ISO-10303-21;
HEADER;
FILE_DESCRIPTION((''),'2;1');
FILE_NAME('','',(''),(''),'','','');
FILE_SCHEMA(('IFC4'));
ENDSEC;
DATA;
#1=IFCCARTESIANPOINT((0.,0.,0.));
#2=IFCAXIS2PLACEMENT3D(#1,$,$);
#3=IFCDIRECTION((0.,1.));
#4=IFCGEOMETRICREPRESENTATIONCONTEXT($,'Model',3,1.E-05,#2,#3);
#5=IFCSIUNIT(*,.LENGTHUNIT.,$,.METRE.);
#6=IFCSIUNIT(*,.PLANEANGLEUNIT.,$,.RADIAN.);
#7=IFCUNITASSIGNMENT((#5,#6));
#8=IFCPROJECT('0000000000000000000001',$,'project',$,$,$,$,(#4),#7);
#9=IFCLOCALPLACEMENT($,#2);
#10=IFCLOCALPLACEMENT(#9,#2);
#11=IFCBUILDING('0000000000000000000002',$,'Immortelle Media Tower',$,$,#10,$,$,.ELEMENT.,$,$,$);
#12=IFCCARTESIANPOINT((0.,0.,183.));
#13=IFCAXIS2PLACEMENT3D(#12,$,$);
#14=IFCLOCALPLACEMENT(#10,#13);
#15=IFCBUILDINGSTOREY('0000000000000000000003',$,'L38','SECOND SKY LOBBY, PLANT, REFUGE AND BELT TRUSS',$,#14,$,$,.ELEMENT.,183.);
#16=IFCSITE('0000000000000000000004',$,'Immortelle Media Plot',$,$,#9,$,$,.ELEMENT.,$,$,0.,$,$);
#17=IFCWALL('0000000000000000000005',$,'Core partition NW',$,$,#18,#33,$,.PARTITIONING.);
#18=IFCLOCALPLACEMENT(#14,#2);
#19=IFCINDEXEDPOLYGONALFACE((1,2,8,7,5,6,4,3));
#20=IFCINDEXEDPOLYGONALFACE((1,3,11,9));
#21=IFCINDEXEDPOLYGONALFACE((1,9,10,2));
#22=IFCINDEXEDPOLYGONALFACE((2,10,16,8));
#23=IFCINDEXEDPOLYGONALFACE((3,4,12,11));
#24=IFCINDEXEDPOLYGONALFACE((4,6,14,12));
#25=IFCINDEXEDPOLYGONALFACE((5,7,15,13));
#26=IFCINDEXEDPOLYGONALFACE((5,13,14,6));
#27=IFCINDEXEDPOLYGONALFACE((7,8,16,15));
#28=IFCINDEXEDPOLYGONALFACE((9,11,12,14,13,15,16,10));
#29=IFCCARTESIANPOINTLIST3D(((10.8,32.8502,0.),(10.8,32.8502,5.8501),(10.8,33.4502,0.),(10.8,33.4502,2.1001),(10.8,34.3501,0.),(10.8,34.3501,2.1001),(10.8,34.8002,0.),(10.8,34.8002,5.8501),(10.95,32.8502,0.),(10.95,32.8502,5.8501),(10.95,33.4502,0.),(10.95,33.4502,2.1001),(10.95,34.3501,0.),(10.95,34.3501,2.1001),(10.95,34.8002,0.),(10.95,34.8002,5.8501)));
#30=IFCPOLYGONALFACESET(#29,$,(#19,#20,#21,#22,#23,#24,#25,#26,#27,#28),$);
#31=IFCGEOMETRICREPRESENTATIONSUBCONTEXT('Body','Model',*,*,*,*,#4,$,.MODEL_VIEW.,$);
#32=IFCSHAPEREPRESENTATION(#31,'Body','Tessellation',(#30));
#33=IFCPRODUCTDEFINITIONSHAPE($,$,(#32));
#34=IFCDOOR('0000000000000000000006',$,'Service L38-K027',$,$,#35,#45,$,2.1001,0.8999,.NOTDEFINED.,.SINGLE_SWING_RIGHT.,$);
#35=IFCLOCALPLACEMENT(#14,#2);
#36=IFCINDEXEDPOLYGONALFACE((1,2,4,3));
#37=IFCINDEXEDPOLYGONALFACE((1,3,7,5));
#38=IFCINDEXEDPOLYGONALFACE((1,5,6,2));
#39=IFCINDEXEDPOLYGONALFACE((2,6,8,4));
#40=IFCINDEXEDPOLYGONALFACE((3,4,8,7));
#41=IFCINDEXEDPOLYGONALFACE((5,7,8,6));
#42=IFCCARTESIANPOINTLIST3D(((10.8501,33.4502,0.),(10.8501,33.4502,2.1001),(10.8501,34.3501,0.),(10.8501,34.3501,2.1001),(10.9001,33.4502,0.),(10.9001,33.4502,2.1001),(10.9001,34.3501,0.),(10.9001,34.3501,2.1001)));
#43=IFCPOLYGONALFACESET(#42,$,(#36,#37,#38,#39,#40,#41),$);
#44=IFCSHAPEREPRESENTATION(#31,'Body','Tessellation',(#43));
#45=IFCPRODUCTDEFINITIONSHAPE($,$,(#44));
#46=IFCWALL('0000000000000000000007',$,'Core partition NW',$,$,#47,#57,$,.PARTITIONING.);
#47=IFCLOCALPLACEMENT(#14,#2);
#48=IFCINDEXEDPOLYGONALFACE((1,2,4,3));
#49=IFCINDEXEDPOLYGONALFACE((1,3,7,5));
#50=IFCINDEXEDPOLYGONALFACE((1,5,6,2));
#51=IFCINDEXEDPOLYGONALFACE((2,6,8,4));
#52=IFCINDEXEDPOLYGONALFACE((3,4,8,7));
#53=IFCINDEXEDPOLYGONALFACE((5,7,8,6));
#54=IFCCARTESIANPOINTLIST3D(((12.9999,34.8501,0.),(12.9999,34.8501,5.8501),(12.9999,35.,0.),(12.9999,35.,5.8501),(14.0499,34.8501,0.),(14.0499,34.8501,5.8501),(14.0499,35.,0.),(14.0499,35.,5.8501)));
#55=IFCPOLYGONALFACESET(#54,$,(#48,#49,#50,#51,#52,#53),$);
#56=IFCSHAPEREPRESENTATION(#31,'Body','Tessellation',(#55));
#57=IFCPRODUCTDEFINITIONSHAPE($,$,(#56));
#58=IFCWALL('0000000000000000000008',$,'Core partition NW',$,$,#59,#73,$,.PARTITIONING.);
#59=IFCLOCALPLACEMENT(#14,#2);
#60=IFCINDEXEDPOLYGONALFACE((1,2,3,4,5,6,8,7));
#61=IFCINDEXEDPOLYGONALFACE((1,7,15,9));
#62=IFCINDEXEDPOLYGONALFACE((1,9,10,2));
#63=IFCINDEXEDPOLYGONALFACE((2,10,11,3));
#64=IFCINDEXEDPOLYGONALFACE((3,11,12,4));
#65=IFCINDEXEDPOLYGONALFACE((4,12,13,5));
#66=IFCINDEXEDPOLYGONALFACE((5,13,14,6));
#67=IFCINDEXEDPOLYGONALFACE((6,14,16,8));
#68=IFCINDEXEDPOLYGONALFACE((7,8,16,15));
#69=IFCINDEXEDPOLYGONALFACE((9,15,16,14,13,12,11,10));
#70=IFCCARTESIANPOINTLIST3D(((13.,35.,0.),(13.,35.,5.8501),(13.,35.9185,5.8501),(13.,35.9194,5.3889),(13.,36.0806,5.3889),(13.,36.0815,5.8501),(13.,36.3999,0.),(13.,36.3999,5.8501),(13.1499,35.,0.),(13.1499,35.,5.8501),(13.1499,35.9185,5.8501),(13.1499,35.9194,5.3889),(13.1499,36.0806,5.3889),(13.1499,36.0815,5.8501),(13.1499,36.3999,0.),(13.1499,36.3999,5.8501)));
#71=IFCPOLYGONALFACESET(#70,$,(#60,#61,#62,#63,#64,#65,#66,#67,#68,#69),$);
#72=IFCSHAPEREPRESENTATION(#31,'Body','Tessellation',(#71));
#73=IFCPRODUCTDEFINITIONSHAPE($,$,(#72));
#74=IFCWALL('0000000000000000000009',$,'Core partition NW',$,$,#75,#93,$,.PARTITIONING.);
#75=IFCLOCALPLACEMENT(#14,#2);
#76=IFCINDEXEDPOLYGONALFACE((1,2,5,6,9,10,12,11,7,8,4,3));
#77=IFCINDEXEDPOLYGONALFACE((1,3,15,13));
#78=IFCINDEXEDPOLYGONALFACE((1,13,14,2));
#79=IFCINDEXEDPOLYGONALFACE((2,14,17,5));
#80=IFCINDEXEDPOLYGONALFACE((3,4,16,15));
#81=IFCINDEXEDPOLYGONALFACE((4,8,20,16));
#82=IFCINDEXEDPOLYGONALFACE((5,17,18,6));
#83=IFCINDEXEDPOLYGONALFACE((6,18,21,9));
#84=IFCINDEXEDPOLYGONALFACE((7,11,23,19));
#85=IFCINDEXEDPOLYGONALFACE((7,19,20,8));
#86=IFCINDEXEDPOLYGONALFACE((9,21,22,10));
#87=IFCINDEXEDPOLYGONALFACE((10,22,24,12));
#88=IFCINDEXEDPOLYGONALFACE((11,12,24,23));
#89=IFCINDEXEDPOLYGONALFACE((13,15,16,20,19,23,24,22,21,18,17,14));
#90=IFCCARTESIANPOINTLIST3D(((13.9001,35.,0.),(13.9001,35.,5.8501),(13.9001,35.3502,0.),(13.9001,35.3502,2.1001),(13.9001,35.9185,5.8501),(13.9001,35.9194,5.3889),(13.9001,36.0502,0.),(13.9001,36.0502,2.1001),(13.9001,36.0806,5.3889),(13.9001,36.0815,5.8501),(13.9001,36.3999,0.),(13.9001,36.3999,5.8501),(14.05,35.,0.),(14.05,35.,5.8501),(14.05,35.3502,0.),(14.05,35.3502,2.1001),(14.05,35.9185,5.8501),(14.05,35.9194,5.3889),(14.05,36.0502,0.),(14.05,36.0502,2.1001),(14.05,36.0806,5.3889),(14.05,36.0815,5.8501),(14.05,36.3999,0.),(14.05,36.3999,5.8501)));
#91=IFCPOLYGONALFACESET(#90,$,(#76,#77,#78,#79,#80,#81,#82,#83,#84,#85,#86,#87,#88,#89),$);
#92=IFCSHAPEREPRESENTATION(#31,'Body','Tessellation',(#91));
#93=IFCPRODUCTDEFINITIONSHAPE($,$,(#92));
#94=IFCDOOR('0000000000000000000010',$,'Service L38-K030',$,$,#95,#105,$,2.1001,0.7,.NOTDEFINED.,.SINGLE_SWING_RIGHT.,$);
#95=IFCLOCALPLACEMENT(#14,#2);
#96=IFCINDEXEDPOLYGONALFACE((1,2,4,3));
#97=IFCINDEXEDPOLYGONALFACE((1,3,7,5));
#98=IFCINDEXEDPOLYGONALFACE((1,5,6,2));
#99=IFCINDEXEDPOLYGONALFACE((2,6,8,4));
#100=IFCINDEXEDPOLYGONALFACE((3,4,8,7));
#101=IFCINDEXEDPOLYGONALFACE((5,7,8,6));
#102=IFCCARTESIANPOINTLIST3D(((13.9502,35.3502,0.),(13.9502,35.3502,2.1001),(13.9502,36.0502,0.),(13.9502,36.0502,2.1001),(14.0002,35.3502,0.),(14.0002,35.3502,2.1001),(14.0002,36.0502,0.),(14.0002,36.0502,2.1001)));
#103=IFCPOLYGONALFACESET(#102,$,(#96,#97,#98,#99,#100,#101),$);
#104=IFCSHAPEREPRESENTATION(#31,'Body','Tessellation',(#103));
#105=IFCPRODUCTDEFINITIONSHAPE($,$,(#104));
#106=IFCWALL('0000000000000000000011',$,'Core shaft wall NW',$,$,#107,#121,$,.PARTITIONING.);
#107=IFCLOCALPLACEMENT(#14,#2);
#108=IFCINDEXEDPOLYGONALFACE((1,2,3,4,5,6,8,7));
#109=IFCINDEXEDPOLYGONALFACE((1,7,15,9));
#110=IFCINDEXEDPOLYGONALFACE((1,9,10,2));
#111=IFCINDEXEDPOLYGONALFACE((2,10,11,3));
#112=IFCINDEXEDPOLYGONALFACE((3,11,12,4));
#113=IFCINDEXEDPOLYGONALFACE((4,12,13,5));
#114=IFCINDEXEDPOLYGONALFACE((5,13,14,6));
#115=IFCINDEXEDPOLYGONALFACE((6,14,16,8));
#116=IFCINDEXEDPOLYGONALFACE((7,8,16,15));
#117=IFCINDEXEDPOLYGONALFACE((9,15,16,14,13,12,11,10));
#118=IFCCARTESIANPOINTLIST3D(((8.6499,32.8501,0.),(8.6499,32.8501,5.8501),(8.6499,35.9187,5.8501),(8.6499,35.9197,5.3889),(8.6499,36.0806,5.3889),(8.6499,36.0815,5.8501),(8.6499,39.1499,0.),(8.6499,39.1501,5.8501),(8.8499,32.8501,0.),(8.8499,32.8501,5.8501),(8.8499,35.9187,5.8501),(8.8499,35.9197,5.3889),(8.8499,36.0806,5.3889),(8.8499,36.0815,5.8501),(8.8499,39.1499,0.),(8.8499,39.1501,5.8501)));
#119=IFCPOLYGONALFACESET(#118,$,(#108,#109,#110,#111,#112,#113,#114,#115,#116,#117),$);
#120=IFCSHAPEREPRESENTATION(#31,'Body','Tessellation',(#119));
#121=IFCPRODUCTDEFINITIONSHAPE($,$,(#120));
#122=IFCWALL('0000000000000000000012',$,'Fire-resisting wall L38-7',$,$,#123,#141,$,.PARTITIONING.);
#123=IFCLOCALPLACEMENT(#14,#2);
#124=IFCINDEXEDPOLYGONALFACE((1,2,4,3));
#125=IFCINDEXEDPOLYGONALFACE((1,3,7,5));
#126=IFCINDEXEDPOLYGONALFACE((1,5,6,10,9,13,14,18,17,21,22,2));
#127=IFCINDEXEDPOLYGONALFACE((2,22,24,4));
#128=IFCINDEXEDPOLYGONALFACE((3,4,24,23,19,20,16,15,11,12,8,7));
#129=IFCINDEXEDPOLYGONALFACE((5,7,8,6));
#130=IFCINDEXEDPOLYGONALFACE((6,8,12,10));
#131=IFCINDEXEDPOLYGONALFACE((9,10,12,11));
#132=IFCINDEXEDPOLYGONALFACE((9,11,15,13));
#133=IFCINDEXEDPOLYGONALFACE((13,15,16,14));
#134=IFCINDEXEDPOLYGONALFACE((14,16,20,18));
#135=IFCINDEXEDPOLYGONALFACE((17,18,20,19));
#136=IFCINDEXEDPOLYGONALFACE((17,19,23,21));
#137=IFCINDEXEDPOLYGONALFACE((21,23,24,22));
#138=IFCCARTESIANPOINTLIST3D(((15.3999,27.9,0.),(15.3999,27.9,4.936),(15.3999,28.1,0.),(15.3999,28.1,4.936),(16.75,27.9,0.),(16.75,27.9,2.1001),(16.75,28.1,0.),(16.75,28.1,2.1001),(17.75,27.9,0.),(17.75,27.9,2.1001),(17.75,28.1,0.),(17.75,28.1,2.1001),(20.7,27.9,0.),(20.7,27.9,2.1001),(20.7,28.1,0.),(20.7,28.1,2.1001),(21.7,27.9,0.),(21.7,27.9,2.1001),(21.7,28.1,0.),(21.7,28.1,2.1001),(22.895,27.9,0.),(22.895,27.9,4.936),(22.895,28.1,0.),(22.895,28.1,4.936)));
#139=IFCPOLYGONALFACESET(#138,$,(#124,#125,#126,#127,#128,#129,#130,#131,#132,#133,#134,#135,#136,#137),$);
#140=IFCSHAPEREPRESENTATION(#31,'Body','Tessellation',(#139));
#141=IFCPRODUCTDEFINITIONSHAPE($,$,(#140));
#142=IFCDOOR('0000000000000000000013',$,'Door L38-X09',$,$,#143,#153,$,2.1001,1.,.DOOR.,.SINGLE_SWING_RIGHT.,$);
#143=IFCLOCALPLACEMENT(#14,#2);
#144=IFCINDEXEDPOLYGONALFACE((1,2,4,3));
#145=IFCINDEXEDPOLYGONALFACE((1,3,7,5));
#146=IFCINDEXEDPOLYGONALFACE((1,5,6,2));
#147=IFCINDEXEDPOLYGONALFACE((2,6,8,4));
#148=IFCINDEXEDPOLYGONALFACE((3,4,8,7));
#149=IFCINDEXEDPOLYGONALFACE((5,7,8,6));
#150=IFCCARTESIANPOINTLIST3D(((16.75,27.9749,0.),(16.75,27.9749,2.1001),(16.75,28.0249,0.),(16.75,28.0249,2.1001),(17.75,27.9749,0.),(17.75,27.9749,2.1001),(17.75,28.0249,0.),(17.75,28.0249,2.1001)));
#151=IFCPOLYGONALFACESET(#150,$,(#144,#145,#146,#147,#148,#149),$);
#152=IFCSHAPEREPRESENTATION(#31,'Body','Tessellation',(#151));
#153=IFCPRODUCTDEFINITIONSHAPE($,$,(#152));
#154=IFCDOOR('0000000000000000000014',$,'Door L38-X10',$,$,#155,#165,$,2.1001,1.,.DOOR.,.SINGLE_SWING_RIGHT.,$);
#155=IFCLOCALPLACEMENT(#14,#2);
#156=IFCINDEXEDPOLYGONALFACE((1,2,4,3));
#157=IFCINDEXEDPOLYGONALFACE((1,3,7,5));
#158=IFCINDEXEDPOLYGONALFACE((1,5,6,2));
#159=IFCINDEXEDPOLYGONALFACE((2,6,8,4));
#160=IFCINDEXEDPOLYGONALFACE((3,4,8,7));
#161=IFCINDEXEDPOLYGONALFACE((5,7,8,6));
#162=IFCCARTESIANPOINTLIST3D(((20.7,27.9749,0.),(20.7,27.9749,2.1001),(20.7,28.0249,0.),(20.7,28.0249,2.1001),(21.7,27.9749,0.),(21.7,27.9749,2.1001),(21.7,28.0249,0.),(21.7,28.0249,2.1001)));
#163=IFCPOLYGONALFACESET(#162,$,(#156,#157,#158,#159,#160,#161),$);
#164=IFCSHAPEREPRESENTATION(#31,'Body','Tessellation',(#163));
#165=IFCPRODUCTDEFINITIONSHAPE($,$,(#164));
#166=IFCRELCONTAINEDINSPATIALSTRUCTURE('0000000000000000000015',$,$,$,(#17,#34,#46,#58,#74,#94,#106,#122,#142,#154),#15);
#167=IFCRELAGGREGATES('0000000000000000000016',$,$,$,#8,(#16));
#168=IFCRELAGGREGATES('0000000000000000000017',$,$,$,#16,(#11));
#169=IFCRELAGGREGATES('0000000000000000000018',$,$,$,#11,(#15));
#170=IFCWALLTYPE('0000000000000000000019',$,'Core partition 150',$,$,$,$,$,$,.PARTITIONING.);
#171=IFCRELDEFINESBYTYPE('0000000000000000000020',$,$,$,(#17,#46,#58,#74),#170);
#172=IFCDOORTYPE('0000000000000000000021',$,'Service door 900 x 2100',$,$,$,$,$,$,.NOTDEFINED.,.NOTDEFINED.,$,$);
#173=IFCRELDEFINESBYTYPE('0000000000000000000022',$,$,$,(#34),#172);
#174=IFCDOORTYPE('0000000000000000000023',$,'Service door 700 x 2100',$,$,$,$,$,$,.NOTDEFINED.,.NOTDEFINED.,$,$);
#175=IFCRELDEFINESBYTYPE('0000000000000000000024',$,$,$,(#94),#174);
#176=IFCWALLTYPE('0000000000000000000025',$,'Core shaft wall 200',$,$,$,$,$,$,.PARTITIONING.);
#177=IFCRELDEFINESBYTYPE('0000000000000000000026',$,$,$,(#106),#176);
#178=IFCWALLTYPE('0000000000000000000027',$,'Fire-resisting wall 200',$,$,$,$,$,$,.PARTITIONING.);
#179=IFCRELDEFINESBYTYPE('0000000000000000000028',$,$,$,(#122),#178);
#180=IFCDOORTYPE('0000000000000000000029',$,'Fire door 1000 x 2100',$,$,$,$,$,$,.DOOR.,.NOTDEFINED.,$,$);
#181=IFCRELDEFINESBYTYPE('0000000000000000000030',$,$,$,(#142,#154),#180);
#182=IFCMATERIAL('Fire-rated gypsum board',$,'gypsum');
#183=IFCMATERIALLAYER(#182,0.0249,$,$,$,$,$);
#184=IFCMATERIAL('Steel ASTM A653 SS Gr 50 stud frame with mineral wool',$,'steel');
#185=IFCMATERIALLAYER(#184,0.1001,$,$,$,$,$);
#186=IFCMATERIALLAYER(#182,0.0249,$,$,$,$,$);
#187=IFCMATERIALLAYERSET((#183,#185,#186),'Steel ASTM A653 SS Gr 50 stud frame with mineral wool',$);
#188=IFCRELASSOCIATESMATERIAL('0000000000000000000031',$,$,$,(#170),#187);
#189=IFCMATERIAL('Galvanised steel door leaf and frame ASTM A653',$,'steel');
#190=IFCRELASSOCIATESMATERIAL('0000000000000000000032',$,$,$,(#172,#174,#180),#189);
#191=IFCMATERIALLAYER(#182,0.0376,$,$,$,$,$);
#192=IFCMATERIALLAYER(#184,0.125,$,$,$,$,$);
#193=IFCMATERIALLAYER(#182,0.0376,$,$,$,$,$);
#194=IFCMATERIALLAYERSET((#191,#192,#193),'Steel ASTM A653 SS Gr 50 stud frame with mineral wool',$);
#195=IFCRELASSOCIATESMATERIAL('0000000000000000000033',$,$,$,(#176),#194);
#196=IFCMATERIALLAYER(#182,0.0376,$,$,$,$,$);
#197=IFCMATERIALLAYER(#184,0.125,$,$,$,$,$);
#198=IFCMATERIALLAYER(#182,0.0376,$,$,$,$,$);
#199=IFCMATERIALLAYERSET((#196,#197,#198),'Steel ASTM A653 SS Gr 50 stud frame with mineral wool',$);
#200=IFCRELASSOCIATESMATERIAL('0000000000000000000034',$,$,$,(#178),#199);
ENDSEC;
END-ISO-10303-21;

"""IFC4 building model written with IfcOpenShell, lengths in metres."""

from ifc_helpers import new_model, si_unit, direction, frame, frame_2d, origin, place, context, subcontext, project, spatial, polyline, rectangle, outline, extrude, material, layer, layer_set, type_object, element, fill, save


model = new_model("IFC4")

# Units and contexts
model_context = context("Model", 3, precision=1e-05, world=origin(), true_north=direction((0.0, 1.0)))
body_context = subcontext(model_context, "Body", "Model", "MODEL_VIEW")
ifc_project = project(units=[si_unit("LENGTHUNIT", "METRE"), si_unit("PLANEANGLEUNIT", "RADIAN")], contexts=[model_context])

# Site, building, storey
site_placement = place(None, origin())
site = spatial("IfcSite", under=ifc_project, at=site_placement, Name="Immortelle Media Plot", CompositionType="ELEMENT", RefElevation=0.0)
building_placement = place(site_placement, origin())
building = spatial("IfcBuilding", under=site, at=building_placement, Name="Immortelle Media Tower", CompositionType="ELEMENT")
storey_placement = place(building_placement, frame((0.0, 0.0, 183.0)))
storey = spatial("IfcBuildingStorey", under=building, at=storey_placement, Name="L38", Description="SECOND SKY LOBBY, PLANT, REFUGE AND BELT TRUSS", CompositionType="ELEMENT", Elevation=183.0)

# Shared definitions
ifc_material_1 = material(Name="Fire-rated gypsum board", Category="gypsum")
ifc_layer_1 = layer(ifc_material_1, 0.0249)
ifc_material_2 = material(Name="Steel ASTM A653 SS Gr 50 stud frame with mineral wool", Category="steel")
ifc_layer_2 = layer(ifc_material_2, 0.1001)
ifc_layer_3 = layer(ifc_material_1, 0.0249)
ifc_layer_set_1 = layer_set([ifc_layer_1, ifc_layer_2, ifc_layer_3], Name="Steel ASTM A653 SS Gr 50 stud frame with mineral wool")
wall_type_1 = type_object("IfcWallType", Name="Core partition 150", PredefinedType="PARTITIONING", material=ifc_layer_set_1)

# Wall, opening, door
wall_1_placement = place(storey_placement, frame((10.875, 32.8501, 0.0), z_axis=(0.0, 0.0, 1.0), x_axis=(0.0, 1.0, 0.0)))
wall_1 = element("IfcWall", 1, at=wall_1_placement, inside=storey, type_object=wall_type_1, Name="Core partition NW", PredefinedType="PARTITIONING", context=body_context, shape_type="SweptSolid", body=[
    extrude(rectangle(XDim=1.95, YDim=0.1499, at=frame_2d((0.9751, 0.0))), origin(), (0.0, 0.0, 1.0), 5.8501),
])
opening_1_placement = place(wall_1_placement, frame((0.6001, 0.0, 0.0)))
opening_1 = element("IfcOpeningElement", 2, at=opening_1_placement, cuts=wall_1, PredefinedType="OPENING", context=body_context, shape_type="SweptSolid", body=[
    extrude(rectangle(XDim=0.8999, YDim=2.1001, at=frame_2d((0.45, 1.05))), frame((0.0, 0.085, 0.0), z_axis=(0.0, -1.0, 0.0), x_axis=(1.0, 0.0, 0.0)), (0.0, 0.0, 1.0), 0.1699),
])
ifc_material_3 = material(Name="Galvanised steel door leaf and frame ASTM A653", Category="steel")
door_type_1 = type_object("IfcDoorType", Name="Service door 900 x 2100", OperationType="NOTDEFINED", PredefinedType="NOTDEFINED", material=ifc_material_3)
door_1_placement = place(opening_1_placement, origin())
door_1 = element("IfcDoor", 3, at=door_1_placement, inside=storey, type_object=door_type_1, Name="Service L38-K027", OperationType="SINGLE_SWING_RIGHT", OverallHeight=2.1001, OverallWidth=0.8999, PredefinedType="NOTDEFINED", context=body_context, shape_type="SweptSolid", body=[
    extrude(rectangle(XDim=0.8999, YDim=2.1001, at=frame_2d((0.45, 1.05))), frame((0.0, 0.0249, 0.0), z_axis=(0.0, -1.0, 0.0), x_axis=(1.0, 0.0, 0.0)), (0.0, 0.0, 1.0), 0.05),
])
fill(opening_1, door_1)

# Walls
wall_2_placement = place(storey_placement, frame((13.0, 34.925, 0.0), z_axis=(0.0, 0.0, 1.0), x_axis=(1.0, 0.0, 0.0)))
element("IfcWall", 4, at=wall_2_placement, inside=storey, type_object=wall_type_1, Name="Core partition NW", PredefinedType="PARTITIONING", context=body_context, shape_type="SweptSolid", body=[
    extrude(rectangle(XDim=1.05, YDim=0.1499, at=frame_2d((0.5249, 0.0))), origin(), (0.0, 0.0, 1.0), 5.8501),
])
wall_3_placement = place(storey_placement, frame((13.075, 35.0, 0.0), z_axis=(0.0, 0.0, 1.0), x_axis=(0.0, 1.0, 0.0)))
element("IfcWall", 5, at=wall_3_placement, inside=storey, type_object=wall_type_1, Name="Core partition NW", PredefinedType="PARTITIONING", context=body_context, shape_type="SweptSolid", body=[
    extrude(outline(polyline([(0.0, 0.0), (1.3999, 0.0), (1.3999, 5.8501), (1.0815, 5.8501), (1.0806, 5.3889), (0.9194, 5.3889), (0.9185, 5.8501), (0.0, 5.8501), (0.0, 0.0)])), frame((0.0, 0.075, 0.0), z_axis=(0.0, -1.0, 0.0), x_axis=(1.0, 0.0, 0.0)), (0.0, 0.0, 1.0), 0.1499),
])

# Wall, opening, door
wall_4_placement = place(storey_placement, frame((13.9751, 35.0, 0.0), z_axis=(0.0, 0.0, 1.0), x_axis=(0.0, 1.0, 0.0)))
wall_4 = element("IfcWall", 6, at=wall_4_placement, inside=storey, type_object=wall_type_1, Name="Core partition NW", PredefinedType="PARTITIONING", context=body_context, shape_type="SweptSolid", body=[
    extrude(outline(polyline([(0.0, 0.0), (1.3999, 0.0), (1.3999, 5.8501), (1.0815, 5.8501), (1.0806, 5.3889), (0.9194, 5.3889), (0.9185, 5.8501), (0.0, 5.8501), (0.0, 0.0)])), frame((0.0, 0.075, 0.0), z_axis=(0.0, -1.0, 0.0), x_axis=(1.0, 0.0, 0.0)), (0.0, 0.0, 1.0), 0.1499),
])
opening_2_placement = place(wall_4_placement, frame((0.3501, 0.0, 0.0)))
opening_2 = element("IfcOpeningElement", 7, at=opening_2_placement, cuts=wall_4, PredefinedType="OPENING", context=body_context, shape_type="SweptSolid", body=[
    extrude(rectangle(XDim=0.7, YDim=2.1001, at=frame_2d((0.3501, 1.05))), frame((0.0, 0.085, 0.0), z_axis=(0.0, -1.0, 0.0), x_axis=(1.0, 0.0, 0.0)), (0.0, 0.0, 1.0), 0.1699),
])
door_type_2 = type_object("IfcDoorType", Name="Service door 700 x 2100", OperationType="NOTDEFINED", PredefinedType="NOTDEFINED", material=ifc_material_3)
door_2_placement = place(opening_2_placement, origin())
door_2 = element("IfcDoor", 8, at=door_2_placement, inside=storey, type_object=door_type_2, Name="Service L38-K030", OperationType="SINGLE_SWING_RIGHT", OverallHeight=2.1001, OverallWidth=0.7, PredefinedType="NOTDEFINED", context=body_context, shape_type="SweptSolid", body=[
    extrude(rectangle(XDim=0.7, YDim=2.1001, at=frame_2d((0.3501, 1.05))), frame((0.0, 0.0249, 0.0), z_axis=(0.0, -1.0, 0.0), x_axis=(1.0, 0.0, 0.0)), (0.0, 0.0, 1.0), 0.05),
])
fill(opening_2, door_2)

# Wall
ifc_layer_4 = layer(ifc_material_1, 0.0376)
ifc_layer_5 = layer(ifc_material_2, 0.125)
ifc_layer_6 = layer(ifc_material_1, 0.0376)
ifc_layer_set_2 = layer_set([ifc_layer_4, ifc_layer_5, ifc_layer_6], Name="Steel ASTM A653 SS Gr 50 stud frame with mineral wool")
wall_type_2 = type_object("IfcWallType", Name="Core shaft wall 200", PredefinedType="PARTITIONING", material=ifc_layer_set_2)
wall_5_placement = place(storey_placement, frame((8.75, 32.8501, 0.0), z_axis=(0.0, 0.0, 1.0), x_axis=(0.0, 1.0, 0.0)))
element("IfcWall", 9, at=wall_5_placement, inside=storey, type_object=wall_type_2, Name="Core shaft wall NW", PredefinedType="PARTITIONING", context=body_context, shape_type="SweptSolid", body=[
    extrude(outline(polyline([(0.0, 0.0), (6.2998, 0.0), (6.3, 5.8501), (3.2314, 5.8501), (3.2305, 5.3889), (3.0696, 5.3889), (3.0686, 5.8501), (0.0, 5.8501), (0.0, 0.0)])), frame((0.0, 0.1001, 0.0), z_axis=(0.0, -1.0, 0.0), x_axis=(1.0, 0.0, 0.0)), (0.0, 0.0, 1.0), 0.2),
])

# Wall, openings, doors
ifc_layer_7 = layer(ifc_material_1, 0.0376)
ifc_layer_8 = layer(ifc_material_2, 0.125)
ifc_layer_9 = layer(ifc_material_1, 0.0376)
ifc_layer_set_3 = layer_set([ifc_layer_7, ifc_layer_8, ifc_layer_9], Name="Steel ASTM A653 SS Gr 50 stud frame with mineral wool")
wall_type_3 = type_object("IfcWallType", Name="Fire-resisting wall 200", PredefinedType="PARTITIONING", material=ifc_layer_set_3)
wall_6_placement = place(storey_placement, frame((15.3999, 28.0, 0.0), z_axis=(0.0, 0.0, 1.0), x_axis=(1.0, 0.0, 0.0)))
wall_6 = element("IfcWall", 10, at=wall_6_placement, inside=storey, type_object=wall_type_3, Name="Fire-resisting wall L38-7", PredefinedType="PARTITIONING", context=body_context, shape_type="SweptSolid", body=[
    extrude(rectangle(XDim=7.4951, YDim=0.2, at=frame_2d((3.7476, 0.0))), origin(), (0.0, 0.0, 1.0), 4.936),
])
opening_3_placement = place(wall_6_placement, frame((1.3501, 0.0, 0.0)))
opening_3 = element("IfcOpeningElement", 11, at=opening_3_placement, cuts=wall_6, PredefinedType="OPENING", context=body_context, shape_type="SweptSolid", body=[
    extrude(rectangle(XDim=1.0, YDim=2.1001, at=frame_2d((0.5, 1.05))), frame((0.0, 0.1099, 0.0), z_axis=(0.0, -1.0, 0.0), x_axis=(1.0, 0.0, 0.0)), (0.0, 0.0, 1.0), 0.22),
])
opening_4_placement = place(wall_6_placement, frame((5.3, 0.0, 0.0)))
opening_4 = element("IfcOpeningElement", 12, at=opening_4_placement, cuts=wall_6, PredefinedType="OPENING", context=body_context, shape_type="SweptSolid", body=[
    extrude(rectangle(XDim=1.0, YDim=2.1001, at=frame_2d((0.5, 1.05))), frame((0.0, 0.1099, 0.0), z_axis=(0.0, -1.0, 0.0), x_axis=(1.0, 0.0, 0.0)), (0.0, 0.0, 1.0), 0.22),
])
door_type_3 = type_object("IfcDoorType", Name="Fire door 1000 x 2100", OperationType="NOTDEFINED", PredefinedType="DOOR", material=ifc_material_3)
door_3_placement = place(opening_3_placement, origin())
door_3 = element("IfcDoor", 13, at=door_3_placement, inside=storey, type_object=door_type_3, Name="Door L38-X09", OperationType="SINGLE_SWING_RIGHT", OverallHeight=2.1001, OverallWidth=1.0, PredefinedType="DOOR", context=body_context, shape_type="SweptSolid", body=[
    extrude(rectangle(XDim=1.0, YDim=2.1001, at=frame_2d((0.5, 1.05))), frame((0.0, 0.0249, 0.0), z_axis=(0.0, -1.0, 0.0), x_axis=(1.0, 0.0, 0.0)), (0.0, 0.0, 1.0), 0.05),
])
fill(opening_3, door_3)
door_4_placement = place(opening_4_placement, origin())
door_4 = element("IfcDoor", 14, at=door_4_placement, inside=storey, type_object=door_type_3, Name="Door L38-X10", OperationType="SINGLE_SWING_RIGHT", OverallHeight=2.1001, OverallWidth=1.0, PredefinedType="DOOR", context=body_context, shape_type="SweptSolid", body=[
    extrude(rectangle(XDim=1.0, YDim=2.1001, at=frame_2d((0.5, 1.05))), frame((0.0, 0.0249, 0.0), z_axis=(0.0, -1.0, 0.0), x_axis=(1.0, 0.0, 0.0)), (0.0, 0.0, 1.0), 0.05),
])
fill(opening_4, door_4)

save(model, "model.ifc")
